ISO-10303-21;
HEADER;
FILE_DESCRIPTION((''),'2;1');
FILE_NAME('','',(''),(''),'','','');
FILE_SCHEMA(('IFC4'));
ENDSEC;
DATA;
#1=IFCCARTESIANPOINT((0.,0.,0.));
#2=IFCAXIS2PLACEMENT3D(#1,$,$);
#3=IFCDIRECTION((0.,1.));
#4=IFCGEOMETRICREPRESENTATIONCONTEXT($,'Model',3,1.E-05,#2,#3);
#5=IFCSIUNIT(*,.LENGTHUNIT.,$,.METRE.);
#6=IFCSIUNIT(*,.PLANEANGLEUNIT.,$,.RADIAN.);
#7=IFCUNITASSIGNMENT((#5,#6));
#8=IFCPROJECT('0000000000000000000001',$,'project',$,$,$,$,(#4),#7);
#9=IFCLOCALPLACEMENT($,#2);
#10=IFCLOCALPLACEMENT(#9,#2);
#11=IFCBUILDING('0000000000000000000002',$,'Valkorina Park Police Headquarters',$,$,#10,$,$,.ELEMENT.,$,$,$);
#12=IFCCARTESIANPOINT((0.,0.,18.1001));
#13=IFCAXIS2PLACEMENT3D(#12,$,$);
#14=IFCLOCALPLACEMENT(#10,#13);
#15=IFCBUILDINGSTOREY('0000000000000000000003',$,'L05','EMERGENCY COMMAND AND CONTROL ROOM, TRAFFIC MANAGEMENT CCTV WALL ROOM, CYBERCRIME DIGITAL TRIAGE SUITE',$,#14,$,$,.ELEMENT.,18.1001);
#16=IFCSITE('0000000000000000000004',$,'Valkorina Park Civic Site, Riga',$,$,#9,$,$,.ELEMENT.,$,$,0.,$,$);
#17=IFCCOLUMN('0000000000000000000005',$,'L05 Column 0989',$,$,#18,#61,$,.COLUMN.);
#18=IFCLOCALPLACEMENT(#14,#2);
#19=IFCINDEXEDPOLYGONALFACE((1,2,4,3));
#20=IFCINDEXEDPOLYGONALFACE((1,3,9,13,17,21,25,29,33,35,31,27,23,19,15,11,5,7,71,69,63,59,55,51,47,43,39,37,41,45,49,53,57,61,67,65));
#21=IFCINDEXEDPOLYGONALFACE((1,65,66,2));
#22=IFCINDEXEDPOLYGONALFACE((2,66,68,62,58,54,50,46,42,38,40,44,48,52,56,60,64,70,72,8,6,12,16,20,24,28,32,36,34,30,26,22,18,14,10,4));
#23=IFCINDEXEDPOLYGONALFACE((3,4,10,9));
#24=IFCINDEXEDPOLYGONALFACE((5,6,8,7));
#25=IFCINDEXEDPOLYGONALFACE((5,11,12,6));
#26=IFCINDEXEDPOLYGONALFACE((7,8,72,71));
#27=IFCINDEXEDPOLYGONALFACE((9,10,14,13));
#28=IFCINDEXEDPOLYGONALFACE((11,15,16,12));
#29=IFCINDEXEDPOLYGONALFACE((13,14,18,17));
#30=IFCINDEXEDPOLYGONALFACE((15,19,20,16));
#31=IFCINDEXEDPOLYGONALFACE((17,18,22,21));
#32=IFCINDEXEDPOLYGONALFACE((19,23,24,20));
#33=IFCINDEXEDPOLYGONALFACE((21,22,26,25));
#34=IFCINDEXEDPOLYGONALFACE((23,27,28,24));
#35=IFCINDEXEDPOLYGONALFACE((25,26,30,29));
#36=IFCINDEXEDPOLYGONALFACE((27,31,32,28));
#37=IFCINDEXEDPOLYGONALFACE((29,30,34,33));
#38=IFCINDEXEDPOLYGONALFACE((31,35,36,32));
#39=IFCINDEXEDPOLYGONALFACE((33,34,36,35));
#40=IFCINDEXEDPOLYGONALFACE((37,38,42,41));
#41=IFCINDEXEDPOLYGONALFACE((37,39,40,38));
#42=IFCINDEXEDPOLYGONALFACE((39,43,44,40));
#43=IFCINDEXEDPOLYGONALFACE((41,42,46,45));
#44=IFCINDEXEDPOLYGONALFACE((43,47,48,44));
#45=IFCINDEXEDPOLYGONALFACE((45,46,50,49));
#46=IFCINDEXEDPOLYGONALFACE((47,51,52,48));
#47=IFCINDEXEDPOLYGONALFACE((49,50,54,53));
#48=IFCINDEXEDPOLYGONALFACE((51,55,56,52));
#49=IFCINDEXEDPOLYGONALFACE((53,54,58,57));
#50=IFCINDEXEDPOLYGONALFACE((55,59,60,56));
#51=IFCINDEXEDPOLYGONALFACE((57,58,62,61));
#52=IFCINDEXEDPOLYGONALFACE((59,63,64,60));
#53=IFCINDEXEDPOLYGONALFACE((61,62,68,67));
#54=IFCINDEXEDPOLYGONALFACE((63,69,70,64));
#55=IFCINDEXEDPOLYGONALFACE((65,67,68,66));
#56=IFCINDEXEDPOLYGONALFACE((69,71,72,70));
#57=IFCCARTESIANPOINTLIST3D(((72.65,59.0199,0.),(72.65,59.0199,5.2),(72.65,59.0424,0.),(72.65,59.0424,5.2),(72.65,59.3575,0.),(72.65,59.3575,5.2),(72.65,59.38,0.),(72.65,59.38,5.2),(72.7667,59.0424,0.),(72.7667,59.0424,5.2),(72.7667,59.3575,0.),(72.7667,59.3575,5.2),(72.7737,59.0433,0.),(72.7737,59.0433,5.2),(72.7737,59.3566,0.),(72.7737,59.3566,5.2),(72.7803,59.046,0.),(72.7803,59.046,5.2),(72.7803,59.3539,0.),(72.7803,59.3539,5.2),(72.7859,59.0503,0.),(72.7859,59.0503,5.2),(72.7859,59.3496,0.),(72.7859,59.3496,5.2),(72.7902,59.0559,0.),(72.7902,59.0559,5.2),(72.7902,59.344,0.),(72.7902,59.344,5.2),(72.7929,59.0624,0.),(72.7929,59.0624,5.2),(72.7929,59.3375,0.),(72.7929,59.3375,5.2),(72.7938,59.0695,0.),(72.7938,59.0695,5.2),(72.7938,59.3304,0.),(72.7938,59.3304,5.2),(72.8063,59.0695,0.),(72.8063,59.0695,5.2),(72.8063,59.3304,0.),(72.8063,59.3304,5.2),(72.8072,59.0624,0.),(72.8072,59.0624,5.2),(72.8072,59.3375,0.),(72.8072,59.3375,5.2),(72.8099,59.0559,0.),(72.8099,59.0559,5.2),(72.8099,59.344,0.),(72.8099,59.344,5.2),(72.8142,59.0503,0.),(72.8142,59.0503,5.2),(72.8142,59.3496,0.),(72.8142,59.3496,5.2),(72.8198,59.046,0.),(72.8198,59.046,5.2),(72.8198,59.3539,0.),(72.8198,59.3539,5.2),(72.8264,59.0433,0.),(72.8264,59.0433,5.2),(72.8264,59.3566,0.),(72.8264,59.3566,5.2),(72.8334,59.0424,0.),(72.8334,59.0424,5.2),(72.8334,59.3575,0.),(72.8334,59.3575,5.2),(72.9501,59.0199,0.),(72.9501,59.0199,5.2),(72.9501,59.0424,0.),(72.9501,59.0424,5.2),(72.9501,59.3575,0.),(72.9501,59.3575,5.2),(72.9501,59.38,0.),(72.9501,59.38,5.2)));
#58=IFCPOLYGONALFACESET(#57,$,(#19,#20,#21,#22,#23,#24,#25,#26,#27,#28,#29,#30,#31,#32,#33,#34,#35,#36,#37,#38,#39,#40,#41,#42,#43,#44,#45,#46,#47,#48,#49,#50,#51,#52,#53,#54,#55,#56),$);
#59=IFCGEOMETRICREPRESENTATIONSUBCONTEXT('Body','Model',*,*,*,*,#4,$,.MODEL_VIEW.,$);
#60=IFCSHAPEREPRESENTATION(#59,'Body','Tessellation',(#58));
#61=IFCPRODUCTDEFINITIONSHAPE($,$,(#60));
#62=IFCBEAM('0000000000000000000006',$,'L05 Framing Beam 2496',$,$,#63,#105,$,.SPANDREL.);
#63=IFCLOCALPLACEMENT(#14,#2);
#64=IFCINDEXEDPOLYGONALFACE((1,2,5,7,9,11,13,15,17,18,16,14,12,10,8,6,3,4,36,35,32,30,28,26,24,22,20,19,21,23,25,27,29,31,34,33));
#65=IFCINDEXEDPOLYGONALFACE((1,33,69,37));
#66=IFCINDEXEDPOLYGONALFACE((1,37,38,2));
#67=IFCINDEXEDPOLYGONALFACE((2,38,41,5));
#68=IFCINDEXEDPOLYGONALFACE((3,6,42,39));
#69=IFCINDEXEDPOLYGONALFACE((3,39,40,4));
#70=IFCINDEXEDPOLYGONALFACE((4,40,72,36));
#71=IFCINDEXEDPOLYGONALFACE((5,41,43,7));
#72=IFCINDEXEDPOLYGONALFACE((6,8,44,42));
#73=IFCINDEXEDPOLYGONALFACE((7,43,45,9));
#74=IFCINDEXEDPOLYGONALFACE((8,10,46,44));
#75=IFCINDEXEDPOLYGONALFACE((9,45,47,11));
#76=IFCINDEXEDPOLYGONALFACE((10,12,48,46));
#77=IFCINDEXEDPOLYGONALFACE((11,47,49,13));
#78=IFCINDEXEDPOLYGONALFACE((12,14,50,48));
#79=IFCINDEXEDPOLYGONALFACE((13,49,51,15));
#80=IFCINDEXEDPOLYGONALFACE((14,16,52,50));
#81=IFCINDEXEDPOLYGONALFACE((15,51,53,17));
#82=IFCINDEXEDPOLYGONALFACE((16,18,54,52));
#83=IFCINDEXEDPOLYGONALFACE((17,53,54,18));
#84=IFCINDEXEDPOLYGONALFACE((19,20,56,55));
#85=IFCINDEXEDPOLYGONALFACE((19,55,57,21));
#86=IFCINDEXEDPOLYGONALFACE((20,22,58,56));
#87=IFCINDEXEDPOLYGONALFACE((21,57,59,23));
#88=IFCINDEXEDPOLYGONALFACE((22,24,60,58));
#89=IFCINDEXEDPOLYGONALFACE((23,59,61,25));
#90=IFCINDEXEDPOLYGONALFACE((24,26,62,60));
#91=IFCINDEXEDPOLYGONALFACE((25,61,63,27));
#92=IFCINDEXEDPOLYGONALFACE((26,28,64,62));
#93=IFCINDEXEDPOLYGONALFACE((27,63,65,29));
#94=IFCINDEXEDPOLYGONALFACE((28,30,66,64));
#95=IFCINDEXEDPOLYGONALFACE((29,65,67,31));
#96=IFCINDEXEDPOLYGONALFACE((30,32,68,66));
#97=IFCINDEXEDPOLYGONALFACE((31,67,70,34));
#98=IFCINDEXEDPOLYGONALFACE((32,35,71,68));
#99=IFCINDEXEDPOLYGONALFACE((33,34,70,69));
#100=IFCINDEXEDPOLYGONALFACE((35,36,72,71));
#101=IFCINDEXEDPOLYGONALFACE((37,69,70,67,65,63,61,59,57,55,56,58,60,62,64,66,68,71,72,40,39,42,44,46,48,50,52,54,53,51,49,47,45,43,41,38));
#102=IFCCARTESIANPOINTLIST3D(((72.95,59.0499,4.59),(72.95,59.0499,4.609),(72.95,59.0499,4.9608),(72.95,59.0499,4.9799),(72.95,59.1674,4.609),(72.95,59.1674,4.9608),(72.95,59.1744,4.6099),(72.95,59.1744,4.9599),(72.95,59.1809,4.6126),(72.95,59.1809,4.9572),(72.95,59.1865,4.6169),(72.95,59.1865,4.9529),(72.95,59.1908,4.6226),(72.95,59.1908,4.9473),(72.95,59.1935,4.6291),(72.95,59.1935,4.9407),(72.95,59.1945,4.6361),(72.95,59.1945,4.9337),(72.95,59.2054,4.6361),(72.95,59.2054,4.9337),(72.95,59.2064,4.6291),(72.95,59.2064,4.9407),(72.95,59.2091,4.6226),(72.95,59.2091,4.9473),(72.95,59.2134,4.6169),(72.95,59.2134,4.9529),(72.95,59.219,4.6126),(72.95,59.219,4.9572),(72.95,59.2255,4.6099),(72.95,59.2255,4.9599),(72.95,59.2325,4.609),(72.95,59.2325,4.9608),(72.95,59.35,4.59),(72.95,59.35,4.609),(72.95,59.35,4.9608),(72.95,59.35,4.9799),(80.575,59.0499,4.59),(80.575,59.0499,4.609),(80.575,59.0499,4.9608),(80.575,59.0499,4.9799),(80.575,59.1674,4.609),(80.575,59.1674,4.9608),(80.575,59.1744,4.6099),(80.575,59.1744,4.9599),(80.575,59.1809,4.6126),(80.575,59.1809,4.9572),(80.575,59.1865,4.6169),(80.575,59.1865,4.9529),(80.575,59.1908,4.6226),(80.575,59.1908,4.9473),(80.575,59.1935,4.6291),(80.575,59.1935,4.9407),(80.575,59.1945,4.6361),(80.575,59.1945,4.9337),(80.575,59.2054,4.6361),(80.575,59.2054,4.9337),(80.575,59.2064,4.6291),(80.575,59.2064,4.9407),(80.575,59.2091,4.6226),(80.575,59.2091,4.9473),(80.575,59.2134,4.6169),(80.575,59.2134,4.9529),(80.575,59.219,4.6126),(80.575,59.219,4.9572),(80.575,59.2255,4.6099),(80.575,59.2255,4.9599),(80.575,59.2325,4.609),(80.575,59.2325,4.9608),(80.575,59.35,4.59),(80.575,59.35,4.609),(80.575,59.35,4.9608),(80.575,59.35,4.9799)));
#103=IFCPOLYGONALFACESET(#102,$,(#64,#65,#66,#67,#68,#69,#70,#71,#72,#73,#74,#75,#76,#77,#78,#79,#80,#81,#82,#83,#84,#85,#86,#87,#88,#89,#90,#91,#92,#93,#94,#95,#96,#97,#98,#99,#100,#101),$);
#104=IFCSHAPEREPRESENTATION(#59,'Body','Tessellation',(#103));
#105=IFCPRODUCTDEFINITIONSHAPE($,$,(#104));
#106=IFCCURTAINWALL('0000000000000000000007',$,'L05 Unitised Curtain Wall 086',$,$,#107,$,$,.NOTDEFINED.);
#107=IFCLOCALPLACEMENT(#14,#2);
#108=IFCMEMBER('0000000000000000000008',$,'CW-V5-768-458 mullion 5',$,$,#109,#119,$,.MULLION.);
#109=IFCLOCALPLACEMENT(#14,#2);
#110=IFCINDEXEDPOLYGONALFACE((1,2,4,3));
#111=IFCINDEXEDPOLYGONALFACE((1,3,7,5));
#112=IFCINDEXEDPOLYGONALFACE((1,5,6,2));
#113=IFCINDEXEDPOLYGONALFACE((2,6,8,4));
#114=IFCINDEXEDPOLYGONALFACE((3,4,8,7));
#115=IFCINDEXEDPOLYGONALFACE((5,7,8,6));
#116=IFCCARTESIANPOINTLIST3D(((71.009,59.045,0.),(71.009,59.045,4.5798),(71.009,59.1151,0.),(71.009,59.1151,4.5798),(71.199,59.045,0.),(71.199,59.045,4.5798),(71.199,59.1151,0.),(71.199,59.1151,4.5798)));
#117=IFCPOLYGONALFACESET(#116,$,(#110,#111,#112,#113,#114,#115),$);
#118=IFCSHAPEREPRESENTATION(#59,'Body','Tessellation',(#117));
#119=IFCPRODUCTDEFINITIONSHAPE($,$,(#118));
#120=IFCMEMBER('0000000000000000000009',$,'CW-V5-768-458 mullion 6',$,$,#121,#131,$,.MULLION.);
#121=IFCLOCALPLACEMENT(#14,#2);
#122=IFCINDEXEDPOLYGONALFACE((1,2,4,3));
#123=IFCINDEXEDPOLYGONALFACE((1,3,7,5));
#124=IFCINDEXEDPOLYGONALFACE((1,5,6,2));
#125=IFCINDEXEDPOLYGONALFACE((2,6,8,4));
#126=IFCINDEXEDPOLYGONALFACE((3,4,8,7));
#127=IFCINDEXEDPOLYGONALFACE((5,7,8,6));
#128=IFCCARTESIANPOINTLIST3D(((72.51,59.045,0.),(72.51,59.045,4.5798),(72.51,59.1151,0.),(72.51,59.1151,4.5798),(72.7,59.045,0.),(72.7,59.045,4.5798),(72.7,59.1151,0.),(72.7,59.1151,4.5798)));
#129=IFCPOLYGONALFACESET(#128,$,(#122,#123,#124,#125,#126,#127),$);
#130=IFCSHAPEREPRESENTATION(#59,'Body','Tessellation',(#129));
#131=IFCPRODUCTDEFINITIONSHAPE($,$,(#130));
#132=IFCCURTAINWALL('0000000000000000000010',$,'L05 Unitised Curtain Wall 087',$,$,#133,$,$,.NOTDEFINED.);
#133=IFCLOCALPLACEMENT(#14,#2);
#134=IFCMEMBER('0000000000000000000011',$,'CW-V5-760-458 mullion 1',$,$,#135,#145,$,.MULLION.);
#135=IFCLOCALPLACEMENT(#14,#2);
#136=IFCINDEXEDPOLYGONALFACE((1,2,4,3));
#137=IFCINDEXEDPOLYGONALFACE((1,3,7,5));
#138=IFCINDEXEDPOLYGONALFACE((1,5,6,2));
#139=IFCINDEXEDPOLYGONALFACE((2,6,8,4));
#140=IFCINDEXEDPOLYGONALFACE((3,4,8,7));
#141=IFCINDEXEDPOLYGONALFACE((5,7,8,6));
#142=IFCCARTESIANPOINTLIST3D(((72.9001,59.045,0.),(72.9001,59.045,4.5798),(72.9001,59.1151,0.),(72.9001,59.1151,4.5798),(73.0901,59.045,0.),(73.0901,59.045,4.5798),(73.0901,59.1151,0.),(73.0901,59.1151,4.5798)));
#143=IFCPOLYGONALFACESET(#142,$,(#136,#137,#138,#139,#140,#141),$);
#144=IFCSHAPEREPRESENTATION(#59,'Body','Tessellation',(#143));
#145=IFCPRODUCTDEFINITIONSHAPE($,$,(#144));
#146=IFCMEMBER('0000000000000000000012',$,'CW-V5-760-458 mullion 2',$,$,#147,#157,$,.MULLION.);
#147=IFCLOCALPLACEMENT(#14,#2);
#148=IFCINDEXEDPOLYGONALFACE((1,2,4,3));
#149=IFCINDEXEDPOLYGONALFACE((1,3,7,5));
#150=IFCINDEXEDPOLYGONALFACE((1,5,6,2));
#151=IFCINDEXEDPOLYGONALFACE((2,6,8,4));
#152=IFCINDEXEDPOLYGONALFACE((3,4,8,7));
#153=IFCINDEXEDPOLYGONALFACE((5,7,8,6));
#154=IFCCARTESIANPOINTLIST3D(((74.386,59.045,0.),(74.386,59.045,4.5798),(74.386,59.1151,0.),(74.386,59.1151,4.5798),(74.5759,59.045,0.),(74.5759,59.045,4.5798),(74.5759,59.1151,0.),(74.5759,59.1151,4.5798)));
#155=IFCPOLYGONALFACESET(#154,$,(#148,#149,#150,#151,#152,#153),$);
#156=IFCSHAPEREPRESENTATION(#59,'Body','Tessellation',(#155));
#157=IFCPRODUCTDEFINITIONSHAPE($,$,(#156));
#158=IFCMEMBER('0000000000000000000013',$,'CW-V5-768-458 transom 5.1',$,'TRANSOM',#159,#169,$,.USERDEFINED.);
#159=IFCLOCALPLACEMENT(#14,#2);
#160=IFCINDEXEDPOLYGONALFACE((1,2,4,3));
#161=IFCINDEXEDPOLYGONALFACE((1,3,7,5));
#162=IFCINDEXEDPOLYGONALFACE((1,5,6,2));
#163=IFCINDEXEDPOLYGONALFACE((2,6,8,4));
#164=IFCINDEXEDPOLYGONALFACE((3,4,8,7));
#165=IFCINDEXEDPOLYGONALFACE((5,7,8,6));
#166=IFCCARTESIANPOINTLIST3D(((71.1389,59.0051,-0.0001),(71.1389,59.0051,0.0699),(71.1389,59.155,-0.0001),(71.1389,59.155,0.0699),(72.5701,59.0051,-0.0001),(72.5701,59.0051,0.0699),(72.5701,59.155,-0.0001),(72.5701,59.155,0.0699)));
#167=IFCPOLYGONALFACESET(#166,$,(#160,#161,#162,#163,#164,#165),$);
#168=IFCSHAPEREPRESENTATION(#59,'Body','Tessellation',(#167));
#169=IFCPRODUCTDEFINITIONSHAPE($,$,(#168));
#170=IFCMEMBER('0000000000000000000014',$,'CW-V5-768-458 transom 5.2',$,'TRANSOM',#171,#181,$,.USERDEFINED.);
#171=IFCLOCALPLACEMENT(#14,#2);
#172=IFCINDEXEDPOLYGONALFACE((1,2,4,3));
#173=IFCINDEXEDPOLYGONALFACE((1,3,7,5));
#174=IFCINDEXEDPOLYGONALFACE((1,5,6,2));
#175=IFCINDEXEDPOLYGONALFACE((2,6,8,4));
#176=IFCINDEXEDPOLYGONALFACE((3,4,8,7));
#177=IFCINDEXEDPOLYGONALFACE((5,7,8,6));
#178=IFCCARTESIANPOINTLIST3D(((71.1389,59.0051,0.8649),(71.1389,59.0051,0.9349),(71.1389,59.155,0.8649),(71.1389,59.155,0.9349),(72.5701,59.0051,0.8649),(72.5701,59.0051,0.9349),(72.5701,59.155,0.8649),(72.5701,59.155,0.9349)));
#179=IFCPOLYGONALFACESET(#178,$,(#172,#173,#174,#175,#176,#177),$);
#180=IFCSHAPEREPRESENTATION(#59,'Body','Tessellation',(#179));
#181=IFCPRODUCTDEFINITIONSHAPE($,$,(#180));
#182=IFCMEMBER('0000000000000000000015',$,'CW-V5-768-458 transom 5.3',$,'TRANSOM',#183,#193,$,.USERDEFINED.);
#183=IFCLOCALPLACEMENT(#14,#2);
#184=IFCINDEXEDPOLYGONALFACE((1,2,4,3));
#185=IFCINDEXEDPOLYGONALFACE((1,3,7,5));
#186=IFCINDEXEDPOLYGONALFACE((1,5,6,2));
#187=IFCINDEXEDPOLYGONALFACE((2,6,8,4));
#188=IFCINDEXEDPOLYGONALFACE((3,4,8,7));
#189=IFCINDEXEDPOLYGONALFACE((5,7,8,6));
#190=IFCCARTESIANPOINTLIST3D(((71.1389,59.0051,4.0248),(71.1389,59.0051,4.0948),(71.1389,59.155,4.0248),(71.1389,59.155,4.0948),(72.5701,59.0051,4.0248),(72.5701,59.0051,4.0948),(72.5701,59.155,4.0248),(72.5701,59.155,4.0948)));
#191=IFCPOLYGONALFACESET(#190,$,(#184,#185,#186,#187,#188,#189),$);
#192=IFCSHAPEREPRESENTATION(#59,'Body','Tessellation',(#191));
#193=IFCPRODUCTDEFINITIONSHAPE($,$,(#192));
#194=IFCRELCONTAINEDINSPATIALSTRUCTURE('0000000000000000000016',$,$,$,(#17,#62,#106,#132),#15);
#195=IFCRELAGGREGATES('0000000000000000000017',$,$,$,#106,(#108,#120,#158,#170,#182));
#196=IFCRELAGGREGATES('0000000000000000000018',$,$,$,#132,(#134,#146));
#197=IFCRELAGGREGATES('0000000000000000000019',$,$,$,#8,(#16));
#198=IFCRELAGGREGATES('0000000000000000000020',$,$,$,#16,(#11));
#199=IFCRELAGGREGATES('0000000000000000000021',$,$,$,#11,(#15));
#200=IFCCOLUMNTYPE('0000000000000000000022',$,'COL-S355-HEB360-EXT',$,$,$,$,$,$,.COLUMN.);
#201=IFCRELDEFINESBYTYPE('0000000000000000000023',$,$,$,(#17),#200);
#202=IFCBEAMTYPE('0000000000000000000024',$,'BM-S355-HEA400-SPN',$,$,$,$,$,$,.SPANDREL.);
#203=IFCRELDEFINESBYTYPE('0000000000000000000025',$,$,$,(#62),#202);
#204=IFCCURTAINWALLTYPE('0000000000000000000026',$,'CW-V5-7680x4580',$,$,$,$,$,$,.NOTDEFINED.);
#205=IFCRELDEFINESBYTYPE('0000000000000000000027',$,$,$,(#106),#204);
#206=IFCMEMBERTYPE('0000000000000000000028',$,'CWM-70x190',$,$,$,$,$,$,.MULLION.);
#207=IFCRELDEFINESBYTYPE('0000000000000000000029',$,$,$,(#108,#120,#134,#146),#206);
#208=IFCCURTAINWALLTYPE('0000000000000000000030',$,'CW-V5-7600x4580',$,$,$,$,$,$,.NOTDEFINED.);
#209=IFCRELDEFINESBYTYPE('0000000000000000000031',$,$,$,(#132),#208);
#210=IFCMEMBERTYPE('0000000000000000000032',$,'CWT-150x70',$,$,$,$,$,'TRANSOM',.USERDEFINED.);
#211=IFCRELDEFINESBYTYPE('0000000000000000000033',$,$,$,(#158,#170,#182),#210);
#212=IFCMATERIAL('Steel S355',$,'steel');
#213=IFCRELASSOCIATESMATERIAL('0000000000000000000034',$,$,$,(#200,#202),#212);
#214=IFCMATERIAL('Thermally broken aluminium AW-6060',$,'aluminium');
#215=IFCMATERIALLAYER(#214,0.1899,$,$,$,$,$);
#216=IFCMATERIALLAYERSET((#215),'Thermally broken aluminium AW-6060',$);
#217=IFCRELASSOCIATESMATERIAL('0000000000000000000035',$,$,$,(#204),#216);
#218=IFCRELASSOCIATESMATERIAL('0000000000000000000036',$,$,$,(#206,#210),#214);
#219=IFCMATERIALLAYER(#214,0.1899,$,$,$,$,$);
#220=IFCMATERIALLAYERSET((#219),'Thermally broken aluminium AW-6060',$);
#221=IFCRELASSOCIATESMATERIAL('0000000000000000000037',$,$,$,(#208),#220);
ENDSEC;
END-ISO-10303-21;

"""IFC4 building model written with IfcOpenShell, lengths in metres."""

from ifc_helpers import new_model, si_unit, direction, frame, origin, origin_2d, place, context, subcontext, project, spatial, rectangle, i_section, extrude, material, layer, layer_set, material_profile, profile_set, type_object, element, aggregate, save


model = new_model("IFC4")

# Units and contexts
model_context = context("Model", 3, precision=1e-05, world=origin(), true_north=direction((0.0, 1.0)))
body_context = subcontext(model_context, "Body", "Model", "MODEL_VIEW")
ifc_project = project(units=[si_unit("LENGTHUNIT", "METRE"), si_unit("PLANEANGLEUNIT", "RADIAN")], contexts=[model_context])

# Site, building, storey
site_placement = place(None, origin())
site = spatial("IfcSite", under=ifc_project, at=site_placement, Name="Valkorina Park Civic Site, Riga", CompositionType="ELEMENT", RefElevation=0.0)
building_placement = place(site_placement, origin())
building = spatial("IfcBuilding", under=site, at=building_placement, Name="Valkorina Park Police Headquarters", CompositionType="ELEMENT")
storey_placement = place(building_placement, frame((0.0, 0.0, 18.1001)))
storey = spatial("IfcBuildingStorey", under=building, at=storey_placement, Name="L05", Description="EMERGENCY COMMAND AND CONTROL ROOM, TRAFFIC MANAGEMENT CCTV WALL ROOM, CYBERCRIME DIGITAL TRIAGE SUITE", CompositionType="ELEMENT", Elevation=18.1001)

# Column
ifc_material_1 = material(Name="Steel S355", Category="steel")
ifc_material_profile_1 = material_profile(ifc_material_1, i_section(OverallWidth=0.3, OverallDepth=0.3601, WebThickness=0.0125, FlangeThickness=0.0225, FilletRadius=0.0271, at=origin_2d()), Name="HEB 360")
ifc_profile_set_1 = profile_set([ifc_material_profile_1], Name="Steel S355")
column_type = type_object("IfcColumnType", Name="COL-S355-HEB360-EXT", PredefinedType="COLUMN", material=ifc_profile_set_1)
column_placement = place(storey_placement, frame((72.8, 59.2, 0.0), z_axis=(0.0, 0.0, 1.0), x_axis=(1.0, 0.0, 0.0)))
element("IfcColumn", 1, at=column_placement, inside=storey, type_object=column_type, Name="L05 Column 0989", PredefinedType="COLUMN", context=body_context, shape_type="SweptSolid", body=[
    extrude(i_section(OverallWidth=0.3, OverallDepth=0.3601, WebThickness=0.0125, FlangeThickness=0.0225, FilletRadius=0.0271, at=origin_2d()), origin(), (0.0, 0.0, 1.0), 5.2),
])

# Beam
ifc_material_profile_2 = material_profile(ifc_material_1, i_section(OverallWidth=0.3, OverallDepth=0.3899, WebThickness=0.011, FlangeThickness=0.019, FilletRadius=0.0271, at=origin_2d()), Name="HEA 400")
ifc_profile_set_2 = profile_set([ifc_material_profile_2], Name="Steel S355")
beam_type = type_object("IfcBeamType", Name="BM-S355-HEA400-SPN", PredefinedType="SPANDREL", material=ifc_profile_set_2)
beam_placement = place(storey_placement, frame((72.95, 59.2, 4.7849), z_axis=(1.0, 0.0, 0.0), x_axis=(0.0, 1.0, 0.0)))
element("IfcBeam", 2, at=beam_placement, inside=storey, type_object=beam_type, Name="L05 Framing Beam 2496", PredefinedType="SPANDREL", context=body_context, shape_type="SweptSolid", body=[
    extrude(i_section(OverallWidth=0.3, OverallDepth=0.3899, WebThickness=0.011, FlangeThickness=0.019, FilletRadius=0.0271, at=origin_2d()), origin(), (0.0, 0.0, 1.0), 7.625),
])

# Curtain walls, members
ifc_material_2 = material(Name="Thermally broken aluminium AW-6060", Category="aluminium")
ifc_layer_1 = layer(ifc_material_2, 0.1899)
ifc_layer_set_1 = layer_set([ifc_layer_1], Name="Thermally broken aluminium AW-6060")
curtain_wall_type_1 = type_object("IfcCurtainWallType", Name="CW-V5-7680x4580", PredefinedType="NOTDEFINED", material=ifc_layer_set_1)
curtain_wall_1_placement = place(storey_placement, origin())
curtain_wall_1 = element("IfcCurtainWall", 3, at=curtain_wall_1_placement, inside=storey, type_object=curtain_wall_type_1, Name="L05 Unitised Curtain Wall 086", PredefinedType="NOTDEFINED")
ifc_material_profile_3 = material_profile(ifc_material_2, rectangle(XDim=0.0701, YDim=0.1899, at=origin_2d()), Name="CWM-02 70x190")
ifc_profile_set_3 = profile_set([ifc_material_profile_3], Name="Thermally broken aluminium AW-6060")
member_type_1 = type_object("IfcMemberType", Name="CWM-70x190", PredefinedType="MULLION", material=ifc_profile_set_3)
member_1_placement = place(storey_placement, frame((71.104, 59.0801, 0.0), z_axis=(0.0, 0.0, 1.0), x_axis=(0.0, 1.0, 0.0)))
member_1 = element("IfcMember", 4, at=member_1_placement, type_object=member_type_1, Name="CW-V5-768-458 mullion 5", PredefinedType="MULLION", context=body_context, shape_type="SweptSolid", body=[
    extrude(rectangle(XDim=0.0701, YDim=0.1899, at=origin_2d()), origin(), (0.0, 0.0, 1.0), 4.5798),
])
member_2_placement = place(storey_placement, frame((72.605, 59.0801, 0.0), z_axis=(0.0, 0.0, 1.0), x_axis=(0.0, 1.0, 0.0)))
member_2 = element("IfcMember", 5, at=member_2_placement, type_object=member_type_1, Name="CW-V5-768-458 mullion 6", PredefinedType="MULLION", context=body_context, shape_type="SweptSolid", body=[
    extrude(rectangle(XDim=0.0701, YDim=0.1899, at=origin_2d()), origin(), (0.0, 0.0, 1.0), 4.5798),
])
ifc_layer_2 = layer(ifc_material_2, 0.1899)
ifc_layer_set_2 = layer_set([ifc_layer_2], Name="Thermally broken aluminium AW-6060")
curtain_wall_type_2 = type_object("IfcCurtainWallType", Name="CW-V5-7600x4580", PredefinedType="NOTDEFINED", material=ifc_layer_set_2)
curtain_wall_2_placement = place(storey_placement, origin())
curtain_wall_2 = element("IfcCurtainWall", 6, at=curtain_wall_2_placement, inside=storey, type_object=curtain_wall_type_2, Name="L05 Unitised Curtain Wall 087", PredefinedType="NOTDEFINED")
member_3_placement = place(storey_placement, frame((72.9951, 59.0801, 0.0), z_axis=(0.0, 0.0, 1.0), x_axis=(0.0, 1.0, 0.0)))
member_3 = element("IfcMember", 7, at=member_3_placement, type_object=member_type_1, Name="CW-V5-760-458 mullion 1", PredefinedType="MULLION", context=body_context, shape_type="SweptSolid", body=[
    extrude(rectangle(XDim=0.0701, YDim=0.1899, at=origin_2d()), origin(), (0.0, 0.0, 1.0), 4.5798),
])
member_4_placement = place(storey_placement, frame((74.481, 59.0801, 0.0), z_axis=(0.0, 0.0, 1.0), x_axis=(0.0, 1.0, 0.0)))
member_4 = element("IfcMember", 8, at=member_4_placement, type_object=member_type_1, Name="CW-V5-760-458 mullion 2", PredefinedType="MULLION", context=body_context, shape_type="SweptSolid", body=[
    extrude(rectangle(XDim=0.0701, YDim=0.1899, at=origin_2d()), origin(), (0.0, 0.0, 1.0), 4.5798),
])

# Members
ifc_material_profile_4 = material_profile(ifc_material_2, rectangle(XDim=0.1499, YDim=0.0701, at=origin_2d()), Name="CWT-02 150x70")
ifc_profile_set_4 = profile_set([ifc_material_profile_4], Name="Thermally broken aluminium AW-6060")
member_type_2 = type_object("IfcMemberType", Name="CWT-150x70", ElementType="TRANSOM", PredefinedType="USERDEFINED", material=ifc_profile_set_4)
member_5_placement = place(storey_placement, frame((71.1389, 59.0801, 0.0349), z_axis=(1.0, 0.0, 0.0), x_axis=(0.0, 1.0, 0.0)))
member_5 = element("IfcMember", 9, at=member_5_placement, type_object=member_type_2, Name="CW-V5-768-458 transom 5.1", ObjectType="TRANSOM", PredefinedType="USERDEFINED", context=body_context, shape_type="SweptSolid", body=[
    extrude(rectangle(XDim=0.1499, YDim=0.0701, at=origin_2d()), origin(), (0.0, 0.0, 1.0), 1.4312),
])
member_6_placement = place(storey_placement, frame((71.1389, 59.0801, 0.8999), z_axis=(1.0, 0.0, 0.0), x_axis=(0.0, 1.0, 0.0)))
member_6 = element("IfcMember", 10, at=member_6_placement, type_object=member_type_2, Name="CW-V5-768-458 transom 5.2", ObjectType="TRANSOM", PredefinedType="USERDEFINED", context=body_context, shape_type="SweptSolid", body=[
    extrude(rectangle(XDim=0.1499, YDim=0.0701, at=origin_2d()), origin(), (0.0, 0.0, 1.0), 1.4312),
])
member_7_placement = place(storey_placement, frame((71.1389, 59.0801, 4.0598), z_axis=(1.0, 0.0, 0.0), x_axis=(0.0, 1.0, 0.0)))
member_7 = element("IfcMember", 11, at=member_7_placement, type_object=member_type_2, Name="CW-V5-768-458 transom 5.3", ObjectType="TRANSOM", PredefinedType="USERDEFINED", context=body_context, shape_type="SweptSolid", body=[
    extrude(rectangle(XDim=0.1499, YDim=0.0701, at=origin_2d()), origin(), (0.0, 0.0, 1.0), 1.4312),
])

aggregate(curtain_wall_1, [member_1, member_2, member_5, member_6, member_7])
aggregate(curtain_wall_2, [member_3, member_4])

save(model, "model.ifc")
